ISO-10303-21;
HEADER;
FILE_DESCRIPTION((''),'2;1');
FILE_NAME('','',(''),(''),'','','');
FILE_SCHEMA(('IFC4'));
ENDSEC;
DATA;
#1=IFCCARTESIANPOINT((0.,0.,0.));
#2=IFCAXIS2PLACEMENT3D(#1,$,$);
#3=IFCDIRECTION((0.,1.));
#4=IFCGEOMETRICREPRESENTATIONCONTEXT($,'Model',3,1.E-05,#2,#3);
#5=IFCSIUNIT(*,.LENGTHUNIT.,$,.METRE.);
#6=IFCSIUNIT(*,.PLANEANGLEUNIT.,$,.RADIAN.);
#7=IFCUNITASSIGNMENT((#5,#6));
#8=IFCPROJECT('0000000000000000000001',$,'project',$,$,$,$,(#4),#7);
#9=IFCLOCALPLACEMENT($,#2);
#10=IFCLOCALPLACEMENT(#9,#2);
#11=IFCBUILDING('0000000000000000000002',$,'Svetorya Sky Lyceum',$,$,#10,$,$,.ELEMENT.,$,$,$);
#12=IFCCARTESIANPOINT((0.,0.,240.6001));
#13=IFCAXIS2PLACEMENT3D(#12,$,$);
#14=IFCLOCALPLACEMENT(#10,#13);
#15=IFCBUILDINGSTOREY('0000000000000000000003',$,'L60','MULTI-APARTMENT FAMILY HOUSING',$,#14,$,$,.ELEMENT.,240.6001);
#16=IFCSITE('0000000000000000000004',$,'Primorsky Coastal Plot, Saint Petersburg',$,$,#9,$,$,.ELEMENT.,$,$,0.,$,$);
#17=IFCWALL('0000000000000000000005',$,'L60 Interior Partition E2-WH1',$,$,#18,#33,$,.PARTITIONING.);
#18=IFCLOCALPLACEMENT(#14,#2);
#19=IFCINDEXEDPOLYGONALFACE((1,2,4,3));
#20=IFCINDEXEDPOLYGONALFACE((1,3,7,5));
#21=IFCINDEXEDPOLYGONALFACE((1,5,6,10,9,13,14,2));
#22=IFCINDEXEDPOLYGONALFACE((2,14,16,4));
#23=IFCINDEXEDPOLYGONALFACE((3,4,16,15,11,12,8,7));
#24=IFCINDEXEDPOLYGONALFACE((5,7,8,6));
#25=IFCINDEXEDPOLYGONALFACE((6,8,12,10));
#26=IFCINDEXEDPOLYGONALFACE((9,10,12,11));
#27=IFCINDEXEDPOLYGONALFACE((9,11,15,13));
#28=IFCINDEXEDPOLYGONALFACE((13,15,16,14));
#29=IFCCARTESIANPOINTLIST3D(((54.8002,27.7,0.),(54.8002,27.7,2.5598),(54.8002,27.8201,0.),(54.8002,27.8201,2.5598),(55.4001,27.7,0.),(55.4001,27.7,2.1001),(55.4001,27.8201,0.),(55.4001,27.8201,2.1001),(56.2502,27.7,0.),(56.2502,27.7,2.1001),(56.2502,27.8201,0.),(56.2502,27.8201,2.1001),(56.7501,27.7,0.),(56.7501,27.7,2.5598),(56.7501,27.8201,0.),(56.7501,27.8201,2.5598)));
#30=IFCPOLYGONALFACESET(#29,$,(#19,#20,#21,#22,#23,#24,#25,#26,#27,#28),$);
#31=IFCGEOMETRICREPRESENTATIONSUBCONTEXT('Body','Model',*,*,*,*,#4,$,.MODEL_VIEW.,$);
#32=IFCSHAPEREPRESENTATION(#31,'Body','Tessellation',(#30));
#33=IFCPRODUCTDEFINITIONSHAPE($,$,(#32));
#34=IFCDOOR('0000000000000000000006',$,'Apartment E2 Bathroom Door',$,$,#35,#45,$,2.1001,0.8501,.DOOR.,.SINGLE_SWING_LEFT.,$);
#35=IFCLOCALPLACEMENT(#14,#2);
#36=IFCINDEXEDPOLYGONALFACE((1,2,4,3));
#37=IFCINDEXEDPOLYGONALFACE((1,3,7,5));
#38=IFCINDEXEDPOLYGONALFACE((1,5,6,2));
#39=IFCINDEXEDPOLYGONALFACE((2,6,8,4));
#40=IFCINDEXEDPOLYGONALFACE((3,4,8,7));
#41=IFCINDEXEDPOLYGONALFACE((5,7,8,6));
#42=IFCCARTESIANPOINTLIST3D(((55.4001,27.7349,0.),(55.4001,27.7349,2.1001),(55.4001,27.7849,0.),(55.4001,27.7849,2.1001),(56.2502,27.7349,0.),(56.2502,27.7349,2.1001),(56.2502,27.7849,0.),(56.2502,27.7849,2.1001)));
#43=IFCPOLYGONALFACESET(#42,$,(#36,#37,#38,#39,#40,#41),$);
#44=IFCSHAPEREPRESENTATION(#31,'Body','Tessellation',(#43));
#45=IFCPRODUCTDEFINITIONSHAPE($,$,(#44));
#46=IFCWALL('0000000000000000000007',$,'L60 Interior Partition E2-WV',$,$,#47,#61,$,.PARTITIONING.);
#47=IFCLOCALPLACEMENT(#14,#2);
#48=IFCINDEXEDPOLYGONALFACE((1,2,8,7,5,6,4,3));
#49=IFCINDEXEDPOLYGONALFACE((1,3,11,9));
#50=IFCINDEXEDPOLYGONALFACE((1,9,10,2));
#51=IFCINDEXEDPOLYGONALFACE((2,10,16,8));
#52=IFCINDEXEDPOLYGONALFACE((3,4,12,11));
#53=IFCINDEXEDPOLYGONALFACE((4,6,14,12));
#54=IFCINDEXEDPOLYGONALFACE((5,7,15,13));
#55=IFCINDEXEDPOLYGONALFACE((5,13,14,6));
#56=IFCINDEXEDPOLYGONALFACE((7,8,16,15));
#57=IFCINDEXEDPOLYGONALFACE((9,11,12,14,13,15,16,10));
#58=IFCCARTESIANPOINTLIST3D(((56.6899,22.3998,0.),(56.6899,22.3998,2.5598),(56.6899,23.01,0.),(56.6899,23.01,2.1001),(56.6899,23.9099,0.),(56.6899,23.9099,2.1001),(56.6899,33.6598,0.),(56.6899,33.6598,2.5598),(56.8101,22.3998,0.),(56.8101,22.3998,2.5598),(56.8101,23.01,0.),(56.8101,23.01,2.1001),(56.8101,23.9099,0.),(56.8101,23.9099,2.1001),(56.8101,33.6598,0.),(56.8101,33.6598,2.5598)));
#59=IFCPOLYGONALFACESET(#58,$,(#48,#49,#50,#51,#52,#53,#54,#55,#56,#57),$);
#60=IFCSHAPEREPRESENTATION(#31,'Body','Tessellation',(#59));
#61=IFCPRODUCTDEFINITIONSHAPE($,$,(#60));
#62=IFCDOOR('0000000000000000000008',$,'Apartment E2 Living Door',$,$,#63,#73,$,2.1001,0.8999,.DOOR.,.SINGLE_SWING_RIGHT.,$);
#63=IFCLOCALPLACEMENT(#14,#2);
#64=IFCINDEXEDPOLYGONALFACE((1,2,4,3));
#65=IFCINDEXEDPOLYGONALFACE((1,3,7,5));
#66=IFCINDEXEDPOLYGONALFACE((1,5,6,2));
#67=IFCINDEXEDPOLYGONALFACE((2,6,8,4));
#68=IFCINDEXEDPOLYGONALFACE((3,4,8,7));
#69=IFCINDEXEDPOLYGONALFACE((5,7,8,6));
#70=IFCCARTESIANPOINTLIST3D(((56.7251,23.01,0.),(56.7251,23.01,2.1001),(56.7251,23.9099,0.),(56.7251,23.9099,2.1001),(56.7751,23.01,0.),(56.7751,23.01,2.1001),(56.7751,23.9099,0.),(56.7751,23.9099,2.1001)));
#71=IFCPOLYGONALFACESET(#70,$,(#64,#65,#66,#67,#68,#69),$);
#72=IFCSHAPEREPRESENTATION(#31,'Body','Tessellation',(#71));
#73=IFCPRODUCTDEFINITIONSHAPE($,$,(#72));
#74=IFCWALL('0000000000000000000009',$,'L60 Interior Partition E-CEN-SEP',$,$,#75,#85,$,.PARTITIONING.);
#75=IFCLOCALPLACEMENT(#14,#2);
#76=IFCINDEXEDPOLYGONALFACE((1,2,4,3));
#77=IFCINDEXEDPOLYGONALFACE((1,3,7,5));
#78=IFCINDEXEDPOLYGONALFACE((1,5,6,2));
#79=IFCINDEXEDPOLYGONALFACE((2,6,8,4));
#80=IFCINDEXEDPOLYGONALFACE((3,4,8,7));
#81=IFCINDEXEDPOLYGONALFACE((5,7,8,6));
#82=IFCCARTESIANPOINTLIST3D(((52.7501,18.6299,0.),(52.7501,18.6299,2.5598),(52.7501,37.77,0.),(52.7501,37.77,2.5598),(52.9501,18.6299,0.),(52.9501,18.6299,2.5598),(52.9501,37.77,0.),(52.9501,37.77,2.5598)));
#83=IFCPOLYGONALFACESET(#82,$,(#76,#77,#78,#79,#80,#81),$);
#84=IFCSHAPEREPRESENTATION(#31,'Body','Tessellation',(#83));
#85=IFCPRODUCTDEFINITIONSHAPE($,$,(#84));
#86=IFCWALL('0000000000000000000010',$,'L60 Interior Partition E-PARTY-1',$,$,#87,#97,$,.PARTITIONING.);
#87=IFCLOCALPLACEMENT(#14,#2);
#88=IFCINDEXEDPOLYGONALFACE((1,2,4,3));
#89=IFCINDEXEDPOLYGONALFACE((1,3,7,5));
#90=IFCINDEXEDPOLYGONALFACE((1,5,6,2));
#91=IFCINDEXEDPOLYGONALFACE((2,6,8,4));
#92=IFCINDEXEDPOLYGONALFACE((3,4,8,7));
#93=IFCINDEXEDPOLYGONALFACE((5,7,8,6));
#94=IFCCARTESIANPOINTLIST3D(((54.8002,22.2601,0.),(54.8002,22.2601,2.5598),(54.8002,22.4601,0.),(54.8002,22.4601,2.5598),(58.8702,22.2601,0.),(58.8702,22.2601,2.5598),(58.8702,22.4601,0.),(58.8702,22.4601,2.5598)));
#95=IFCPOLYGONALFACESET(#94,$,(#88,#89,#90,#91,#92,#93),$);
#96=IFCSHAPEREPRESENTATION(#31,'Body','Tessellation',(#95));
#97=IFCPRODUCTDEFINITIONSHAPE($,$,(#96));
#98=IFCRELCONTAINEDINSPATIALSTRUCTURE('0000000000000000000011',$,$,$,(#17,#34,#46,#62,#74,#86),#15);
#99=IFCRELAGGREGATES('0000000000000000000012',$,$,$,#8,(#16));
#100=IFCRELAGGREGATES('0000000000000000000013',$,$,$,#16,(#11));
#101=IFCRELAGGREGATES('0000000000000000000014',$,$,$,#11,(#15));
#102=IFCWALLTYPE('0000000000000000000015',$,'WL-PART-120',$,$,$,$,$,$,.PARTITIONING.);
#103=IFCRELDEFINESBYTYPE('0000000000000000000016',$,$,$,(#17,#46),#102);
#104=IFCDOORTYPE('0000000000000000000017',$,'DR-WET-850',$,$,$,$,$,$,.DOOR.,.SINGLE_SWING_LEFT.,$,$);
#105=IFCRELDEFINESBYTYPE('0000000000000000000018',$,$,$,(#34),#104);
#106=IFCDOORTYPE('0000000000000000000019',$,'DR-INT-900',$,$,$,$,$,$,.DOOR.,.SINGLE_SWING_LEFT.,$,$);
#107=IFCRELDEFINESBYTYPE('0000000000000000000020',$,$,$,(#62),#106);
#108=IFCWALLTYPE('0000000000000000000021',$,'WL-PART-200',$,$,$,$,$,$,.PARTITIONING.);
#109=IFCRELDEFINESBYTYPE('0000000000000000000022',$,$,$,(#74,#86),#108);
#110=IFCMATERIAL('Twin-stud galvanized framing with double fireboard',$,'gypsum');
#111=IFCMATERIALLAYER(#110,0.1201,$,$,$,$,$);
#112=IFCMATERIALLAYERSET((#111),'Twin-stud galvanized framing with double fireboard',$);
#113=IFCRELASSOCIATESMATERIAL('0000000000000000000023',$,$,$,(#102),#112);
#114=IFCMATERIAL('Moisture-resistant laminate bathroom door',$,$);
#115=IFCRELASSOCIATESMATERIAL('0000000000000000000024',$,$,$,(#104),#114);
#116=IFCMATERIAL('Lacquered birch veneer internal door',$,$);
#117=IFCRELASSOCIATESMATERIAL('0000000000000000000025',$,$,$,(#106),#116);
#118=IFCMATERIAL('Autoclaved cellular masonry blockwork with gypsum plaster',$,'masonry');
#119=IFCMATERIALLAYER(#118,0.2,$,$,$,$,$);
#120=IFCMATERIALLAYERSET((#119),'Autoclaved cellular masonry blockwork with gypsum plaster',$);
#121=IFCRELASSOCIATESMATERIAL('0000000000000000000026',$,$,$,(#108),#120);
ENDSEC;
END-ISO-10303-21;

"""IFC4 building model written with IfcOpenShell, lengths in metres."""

from ifc_helpers import new_model, si_unit, direction, frame, frame_2d, origin, place, context, subcontext, project, spatial, rectangle, extrude, material, layer, layer_set, type_object, element, fill, save


model = new_model("IFC4")

# Units and contexts
model_context = context("Model", 3, precision=1e-05, world=origin(), true_north=direction((0.0, 1.0)))
body_context = subcontext(model_context, "Body", "Model", "MODEL_VIEW")
ifc_project = project(units=[si_unit("LENGTHUNIT", "METRE"), si_unit("PLANEANGLEUNIT", "RADIAN")], contexts=[model_context])

# Site, building, storey
site_placement = place(None, origin())
site = spatial("IfcSite", under=ifc_project, at=site_placement, Name="Primorsky Coastal Plot, Saint Petersburg", CompositionType="ELEMENT", RefElevation=0.0)
building_placement = place(site_placement, origin())
building = spatial("IfcBuilding", under=site, at=building_placement, Name="Svetorya Sky Lyceum", CompositionType="ELEMENT")
storey_placement = place(building_placement, frame((0.0, 0.0, 240.6001)))
storey = spatial("IfcBuildingStorey", under=building, at=storey_placement, Name="L60", Description="MULTI-APARTMENT FAMILY HOUSING", CompositionType="ELEMENT", Elevation=240.6001)

# Shared definitions
ifc_material_1 = material(Name="Twin-stud galvanized framing with double fireboard", Category="gypsum")
ifc_layer_1 = layer(ifc_material_1, 0.1201)
ifc_layer_set_1 = layer_set([ifc_layer_1], Name="Twin-stud galvanized framing with double fireboard")
wall_type_1 = type_object("IfcWallType", Name="WL-PART-120", PredefinedType="PARTITIONING", material=ifc_layer_set_1)

# Walls, openings, doors
wall_1_placement = place(storey_placement, frame((54.8, 27.76, 0.0), z_axis=(0.0, 0.0, 1.0), x_axis=(1.0, 0.0, 0.0)))
wall_1 = element("IfcWall", 1, at=wall_1_placement, inside=storey, type_object=wall_type_1, Name="L60 Interior Partition E2-WH1", PredefinedType="PARTITIONING", context=body_context, shape_type="SweptSolid", body=[
    extrude(rectangle(XDim=1.95, YDim=0.1201, at=frame_2d((0.9751, 0.0))), origin(), (0.0, 0.0, 1.0), 2.5598),
])
opening_1_placement = place(wall_1_placement, frame((0.6001, 0.0, 0.0)))
opening_1 = element("IfcOpeningElement", 2, at=opening_1_placement, cuts=wall_1, PredefinedType="OPENING", context=body_context, shape_type="SweptSolid", body=[
    extrude(rectangle(XDim=0.8501, YDim=2.1001, at=frame_2d((0.425, 1.05))), frame((0.0, 0.0701, 0.0), z_axis=(0.0, -1.0, 0.0), x_axis=(1.0, 0.0, 0.0)), (0.0, 0.0, 1.0), 0.1401),
])
ifc_material_2 = material(Name="Moisture-resistant laminate bathroom door")
door_type_1 = type_object("IfcDoorType", Name="DR-WET-850", OperationType="SINGLE_SWING_LEFT", PredefinedType="DOOR", material=ifc_material_2)
door_1_placement = place(opening_1_placement, origin())
door_1 = element("IfcDoor", 3, at=door_1_placement, inside=storey, type_object=door_type_1, Name="Apartment E2 Bathroom Door", OperationType="SINGLE_SWING_LEFT", OverallHeight=2.1001, OverallWidth=0.8501, PredefinedType="DOOR", context=body_context, shape_type="SweptSolid", body=[
    extrude(rectangle(XDim=0.8501, YDim=2.1001, at=frame_2d((0.425, 1.05))), frame((0.0, 0.0249, 0.0), z_axis=(0.0, -1.0, 0.0), x_axis=(1.0, 0.0, 0.0)), (0.0, 0.0, 1.0), 0.05),
])
fill(opening_1, door_1)
wall_2_placement = place(storey_placement, frame((56.75, 22.3999, 0.0), z_axis=(0.0, 0.0, 1.0), x_axis=(0.0, 1.0, 0.0)))
wall_2 = element("IfcWall", 4, at=wall_2_placement, inside=storey, type_object=wall_type_1, Name="L60 Interior Partition E2-WV", PredefinedType="PARTITIONING", context=body_context, shape_type="SweptSolid", body=[
    extrude(rectangle(XDim=11.26, YDim=0.1201, at=frame_2d((5.6299, 0.0))), origin(), (0.0, 0.0, 1.0), 2.5598),
])
opening_2_placement = place(wall_2_placement, frame((0.6101, 0.0, 0.0)))
opening_2 = element("IfcOpeningElement", 5, at=opening_2_placement, cuts=wall_2, PredefinedType="OPENING", context=body_context, shape_type="SweptSolid", body=[
    extrude(rectangle(XDim=0.8999, YDim=2.1001, at=frame_2d((0.45, 1.05))), frame((0.0, 0.0701, 0.0), z_axis=(0.0, -1.0, 0.0), x_axis=(1.0, 0.0, 0.0)), (0.0, 0.0, 1.0), 0.1401),
])
ifc_material_3 = material(Name="Lacquered birch veneer internal door")
door_type_2 = type_object("IfcDoorType", Name="DR-INT-900", OperationType="SINGLE_SWING_LEFT", PredefinedType="DOOR", material=ifc_material_3)
door_2_placement = place(opening_2_placement, origin())
door_2 = element("IfcDoor", 6, at=door_2_placement, inside=storey, type_object=door_type_2, Name="Apartment E2 Living Door", OperationType="SINGLE_SWING_RIGHT", OverallHeight=2.1001, OverallWidth=0.8999, PredefinedType="DOOR", context=body_context, shape_type="SweptSolid", body=[
    extrude(rectangle(XDim=0.8999, YDim=2.1001, at=frame_2d((0.45, 1.05))), frame((0.0, 0.0249, 0.0), z_axis=(0.0, -1.0, 0.0), x_axis=(1.0, 0.0, 0.0)), (0.0, 0.0, 1.0), 0.05),
])
fill(opening_2, door_2)

# Walls
ifc_material_4 = material(Name="Autoclaved cellular masonry blockwork with gypsum plaster", Category="masonry")
ifc_layer_2 = layer(ifc_material_4, 0.2)
ifc_layer_set_2 = layer_set([ifc_layer_2], Name="Autoclaved cellular masonry blockwork with gypsum plaster")
wall_type_2 = type_object("IfcWallType", Name="WL-PART-200", PredefinedType="PARTITIONING", material=ifc_layer_set_2)
wall_3_placement = place(storey_placement, frame((52.8501, 18.6299, 0.0), z_axis=(0.0, 0.0, 1.0), x_axis=(0.0, 1.0, 0.0)))
element("IfcWall", 7, at=wall_3_placement, inside=storey, type_object=wall_type_2, Name="L60 Interior Partition E-CEN-SEP", PredefinedType="PARTITIONING", context=body_context, shape_type="SweptSolid", body=[
    extrude(rectangle(XDim=19.1401, YDim=0.2, at=frame_2d((9.5701, 0.0))), origin(), (0.0, 0.0, 1.0), 2.5598),
])
wall_4_placement = place(storey_placement, frame((54.8, 22.3601, 0.0), z_axis=(0.0, 0.0, 1.0), x_axis=(1.0, 0.0, 0.0)))
element("IfcWall", 8, at=wall_4_placement, inside=storey, type_object=wall_type_2, Name="L60 Interior Partition E-PARTY-1", PredefinedType="PARTITIONING", context=body_context, shape_type="SweptSolid", body=[
    extrude(rectangle(XDim=4.0701, YDim=0.2, at=frame_2d((2.0352, 0.0))), origin(), (0.0, 0.0, 1.0), 2.5598),
])

save(model, "model.ifc")
